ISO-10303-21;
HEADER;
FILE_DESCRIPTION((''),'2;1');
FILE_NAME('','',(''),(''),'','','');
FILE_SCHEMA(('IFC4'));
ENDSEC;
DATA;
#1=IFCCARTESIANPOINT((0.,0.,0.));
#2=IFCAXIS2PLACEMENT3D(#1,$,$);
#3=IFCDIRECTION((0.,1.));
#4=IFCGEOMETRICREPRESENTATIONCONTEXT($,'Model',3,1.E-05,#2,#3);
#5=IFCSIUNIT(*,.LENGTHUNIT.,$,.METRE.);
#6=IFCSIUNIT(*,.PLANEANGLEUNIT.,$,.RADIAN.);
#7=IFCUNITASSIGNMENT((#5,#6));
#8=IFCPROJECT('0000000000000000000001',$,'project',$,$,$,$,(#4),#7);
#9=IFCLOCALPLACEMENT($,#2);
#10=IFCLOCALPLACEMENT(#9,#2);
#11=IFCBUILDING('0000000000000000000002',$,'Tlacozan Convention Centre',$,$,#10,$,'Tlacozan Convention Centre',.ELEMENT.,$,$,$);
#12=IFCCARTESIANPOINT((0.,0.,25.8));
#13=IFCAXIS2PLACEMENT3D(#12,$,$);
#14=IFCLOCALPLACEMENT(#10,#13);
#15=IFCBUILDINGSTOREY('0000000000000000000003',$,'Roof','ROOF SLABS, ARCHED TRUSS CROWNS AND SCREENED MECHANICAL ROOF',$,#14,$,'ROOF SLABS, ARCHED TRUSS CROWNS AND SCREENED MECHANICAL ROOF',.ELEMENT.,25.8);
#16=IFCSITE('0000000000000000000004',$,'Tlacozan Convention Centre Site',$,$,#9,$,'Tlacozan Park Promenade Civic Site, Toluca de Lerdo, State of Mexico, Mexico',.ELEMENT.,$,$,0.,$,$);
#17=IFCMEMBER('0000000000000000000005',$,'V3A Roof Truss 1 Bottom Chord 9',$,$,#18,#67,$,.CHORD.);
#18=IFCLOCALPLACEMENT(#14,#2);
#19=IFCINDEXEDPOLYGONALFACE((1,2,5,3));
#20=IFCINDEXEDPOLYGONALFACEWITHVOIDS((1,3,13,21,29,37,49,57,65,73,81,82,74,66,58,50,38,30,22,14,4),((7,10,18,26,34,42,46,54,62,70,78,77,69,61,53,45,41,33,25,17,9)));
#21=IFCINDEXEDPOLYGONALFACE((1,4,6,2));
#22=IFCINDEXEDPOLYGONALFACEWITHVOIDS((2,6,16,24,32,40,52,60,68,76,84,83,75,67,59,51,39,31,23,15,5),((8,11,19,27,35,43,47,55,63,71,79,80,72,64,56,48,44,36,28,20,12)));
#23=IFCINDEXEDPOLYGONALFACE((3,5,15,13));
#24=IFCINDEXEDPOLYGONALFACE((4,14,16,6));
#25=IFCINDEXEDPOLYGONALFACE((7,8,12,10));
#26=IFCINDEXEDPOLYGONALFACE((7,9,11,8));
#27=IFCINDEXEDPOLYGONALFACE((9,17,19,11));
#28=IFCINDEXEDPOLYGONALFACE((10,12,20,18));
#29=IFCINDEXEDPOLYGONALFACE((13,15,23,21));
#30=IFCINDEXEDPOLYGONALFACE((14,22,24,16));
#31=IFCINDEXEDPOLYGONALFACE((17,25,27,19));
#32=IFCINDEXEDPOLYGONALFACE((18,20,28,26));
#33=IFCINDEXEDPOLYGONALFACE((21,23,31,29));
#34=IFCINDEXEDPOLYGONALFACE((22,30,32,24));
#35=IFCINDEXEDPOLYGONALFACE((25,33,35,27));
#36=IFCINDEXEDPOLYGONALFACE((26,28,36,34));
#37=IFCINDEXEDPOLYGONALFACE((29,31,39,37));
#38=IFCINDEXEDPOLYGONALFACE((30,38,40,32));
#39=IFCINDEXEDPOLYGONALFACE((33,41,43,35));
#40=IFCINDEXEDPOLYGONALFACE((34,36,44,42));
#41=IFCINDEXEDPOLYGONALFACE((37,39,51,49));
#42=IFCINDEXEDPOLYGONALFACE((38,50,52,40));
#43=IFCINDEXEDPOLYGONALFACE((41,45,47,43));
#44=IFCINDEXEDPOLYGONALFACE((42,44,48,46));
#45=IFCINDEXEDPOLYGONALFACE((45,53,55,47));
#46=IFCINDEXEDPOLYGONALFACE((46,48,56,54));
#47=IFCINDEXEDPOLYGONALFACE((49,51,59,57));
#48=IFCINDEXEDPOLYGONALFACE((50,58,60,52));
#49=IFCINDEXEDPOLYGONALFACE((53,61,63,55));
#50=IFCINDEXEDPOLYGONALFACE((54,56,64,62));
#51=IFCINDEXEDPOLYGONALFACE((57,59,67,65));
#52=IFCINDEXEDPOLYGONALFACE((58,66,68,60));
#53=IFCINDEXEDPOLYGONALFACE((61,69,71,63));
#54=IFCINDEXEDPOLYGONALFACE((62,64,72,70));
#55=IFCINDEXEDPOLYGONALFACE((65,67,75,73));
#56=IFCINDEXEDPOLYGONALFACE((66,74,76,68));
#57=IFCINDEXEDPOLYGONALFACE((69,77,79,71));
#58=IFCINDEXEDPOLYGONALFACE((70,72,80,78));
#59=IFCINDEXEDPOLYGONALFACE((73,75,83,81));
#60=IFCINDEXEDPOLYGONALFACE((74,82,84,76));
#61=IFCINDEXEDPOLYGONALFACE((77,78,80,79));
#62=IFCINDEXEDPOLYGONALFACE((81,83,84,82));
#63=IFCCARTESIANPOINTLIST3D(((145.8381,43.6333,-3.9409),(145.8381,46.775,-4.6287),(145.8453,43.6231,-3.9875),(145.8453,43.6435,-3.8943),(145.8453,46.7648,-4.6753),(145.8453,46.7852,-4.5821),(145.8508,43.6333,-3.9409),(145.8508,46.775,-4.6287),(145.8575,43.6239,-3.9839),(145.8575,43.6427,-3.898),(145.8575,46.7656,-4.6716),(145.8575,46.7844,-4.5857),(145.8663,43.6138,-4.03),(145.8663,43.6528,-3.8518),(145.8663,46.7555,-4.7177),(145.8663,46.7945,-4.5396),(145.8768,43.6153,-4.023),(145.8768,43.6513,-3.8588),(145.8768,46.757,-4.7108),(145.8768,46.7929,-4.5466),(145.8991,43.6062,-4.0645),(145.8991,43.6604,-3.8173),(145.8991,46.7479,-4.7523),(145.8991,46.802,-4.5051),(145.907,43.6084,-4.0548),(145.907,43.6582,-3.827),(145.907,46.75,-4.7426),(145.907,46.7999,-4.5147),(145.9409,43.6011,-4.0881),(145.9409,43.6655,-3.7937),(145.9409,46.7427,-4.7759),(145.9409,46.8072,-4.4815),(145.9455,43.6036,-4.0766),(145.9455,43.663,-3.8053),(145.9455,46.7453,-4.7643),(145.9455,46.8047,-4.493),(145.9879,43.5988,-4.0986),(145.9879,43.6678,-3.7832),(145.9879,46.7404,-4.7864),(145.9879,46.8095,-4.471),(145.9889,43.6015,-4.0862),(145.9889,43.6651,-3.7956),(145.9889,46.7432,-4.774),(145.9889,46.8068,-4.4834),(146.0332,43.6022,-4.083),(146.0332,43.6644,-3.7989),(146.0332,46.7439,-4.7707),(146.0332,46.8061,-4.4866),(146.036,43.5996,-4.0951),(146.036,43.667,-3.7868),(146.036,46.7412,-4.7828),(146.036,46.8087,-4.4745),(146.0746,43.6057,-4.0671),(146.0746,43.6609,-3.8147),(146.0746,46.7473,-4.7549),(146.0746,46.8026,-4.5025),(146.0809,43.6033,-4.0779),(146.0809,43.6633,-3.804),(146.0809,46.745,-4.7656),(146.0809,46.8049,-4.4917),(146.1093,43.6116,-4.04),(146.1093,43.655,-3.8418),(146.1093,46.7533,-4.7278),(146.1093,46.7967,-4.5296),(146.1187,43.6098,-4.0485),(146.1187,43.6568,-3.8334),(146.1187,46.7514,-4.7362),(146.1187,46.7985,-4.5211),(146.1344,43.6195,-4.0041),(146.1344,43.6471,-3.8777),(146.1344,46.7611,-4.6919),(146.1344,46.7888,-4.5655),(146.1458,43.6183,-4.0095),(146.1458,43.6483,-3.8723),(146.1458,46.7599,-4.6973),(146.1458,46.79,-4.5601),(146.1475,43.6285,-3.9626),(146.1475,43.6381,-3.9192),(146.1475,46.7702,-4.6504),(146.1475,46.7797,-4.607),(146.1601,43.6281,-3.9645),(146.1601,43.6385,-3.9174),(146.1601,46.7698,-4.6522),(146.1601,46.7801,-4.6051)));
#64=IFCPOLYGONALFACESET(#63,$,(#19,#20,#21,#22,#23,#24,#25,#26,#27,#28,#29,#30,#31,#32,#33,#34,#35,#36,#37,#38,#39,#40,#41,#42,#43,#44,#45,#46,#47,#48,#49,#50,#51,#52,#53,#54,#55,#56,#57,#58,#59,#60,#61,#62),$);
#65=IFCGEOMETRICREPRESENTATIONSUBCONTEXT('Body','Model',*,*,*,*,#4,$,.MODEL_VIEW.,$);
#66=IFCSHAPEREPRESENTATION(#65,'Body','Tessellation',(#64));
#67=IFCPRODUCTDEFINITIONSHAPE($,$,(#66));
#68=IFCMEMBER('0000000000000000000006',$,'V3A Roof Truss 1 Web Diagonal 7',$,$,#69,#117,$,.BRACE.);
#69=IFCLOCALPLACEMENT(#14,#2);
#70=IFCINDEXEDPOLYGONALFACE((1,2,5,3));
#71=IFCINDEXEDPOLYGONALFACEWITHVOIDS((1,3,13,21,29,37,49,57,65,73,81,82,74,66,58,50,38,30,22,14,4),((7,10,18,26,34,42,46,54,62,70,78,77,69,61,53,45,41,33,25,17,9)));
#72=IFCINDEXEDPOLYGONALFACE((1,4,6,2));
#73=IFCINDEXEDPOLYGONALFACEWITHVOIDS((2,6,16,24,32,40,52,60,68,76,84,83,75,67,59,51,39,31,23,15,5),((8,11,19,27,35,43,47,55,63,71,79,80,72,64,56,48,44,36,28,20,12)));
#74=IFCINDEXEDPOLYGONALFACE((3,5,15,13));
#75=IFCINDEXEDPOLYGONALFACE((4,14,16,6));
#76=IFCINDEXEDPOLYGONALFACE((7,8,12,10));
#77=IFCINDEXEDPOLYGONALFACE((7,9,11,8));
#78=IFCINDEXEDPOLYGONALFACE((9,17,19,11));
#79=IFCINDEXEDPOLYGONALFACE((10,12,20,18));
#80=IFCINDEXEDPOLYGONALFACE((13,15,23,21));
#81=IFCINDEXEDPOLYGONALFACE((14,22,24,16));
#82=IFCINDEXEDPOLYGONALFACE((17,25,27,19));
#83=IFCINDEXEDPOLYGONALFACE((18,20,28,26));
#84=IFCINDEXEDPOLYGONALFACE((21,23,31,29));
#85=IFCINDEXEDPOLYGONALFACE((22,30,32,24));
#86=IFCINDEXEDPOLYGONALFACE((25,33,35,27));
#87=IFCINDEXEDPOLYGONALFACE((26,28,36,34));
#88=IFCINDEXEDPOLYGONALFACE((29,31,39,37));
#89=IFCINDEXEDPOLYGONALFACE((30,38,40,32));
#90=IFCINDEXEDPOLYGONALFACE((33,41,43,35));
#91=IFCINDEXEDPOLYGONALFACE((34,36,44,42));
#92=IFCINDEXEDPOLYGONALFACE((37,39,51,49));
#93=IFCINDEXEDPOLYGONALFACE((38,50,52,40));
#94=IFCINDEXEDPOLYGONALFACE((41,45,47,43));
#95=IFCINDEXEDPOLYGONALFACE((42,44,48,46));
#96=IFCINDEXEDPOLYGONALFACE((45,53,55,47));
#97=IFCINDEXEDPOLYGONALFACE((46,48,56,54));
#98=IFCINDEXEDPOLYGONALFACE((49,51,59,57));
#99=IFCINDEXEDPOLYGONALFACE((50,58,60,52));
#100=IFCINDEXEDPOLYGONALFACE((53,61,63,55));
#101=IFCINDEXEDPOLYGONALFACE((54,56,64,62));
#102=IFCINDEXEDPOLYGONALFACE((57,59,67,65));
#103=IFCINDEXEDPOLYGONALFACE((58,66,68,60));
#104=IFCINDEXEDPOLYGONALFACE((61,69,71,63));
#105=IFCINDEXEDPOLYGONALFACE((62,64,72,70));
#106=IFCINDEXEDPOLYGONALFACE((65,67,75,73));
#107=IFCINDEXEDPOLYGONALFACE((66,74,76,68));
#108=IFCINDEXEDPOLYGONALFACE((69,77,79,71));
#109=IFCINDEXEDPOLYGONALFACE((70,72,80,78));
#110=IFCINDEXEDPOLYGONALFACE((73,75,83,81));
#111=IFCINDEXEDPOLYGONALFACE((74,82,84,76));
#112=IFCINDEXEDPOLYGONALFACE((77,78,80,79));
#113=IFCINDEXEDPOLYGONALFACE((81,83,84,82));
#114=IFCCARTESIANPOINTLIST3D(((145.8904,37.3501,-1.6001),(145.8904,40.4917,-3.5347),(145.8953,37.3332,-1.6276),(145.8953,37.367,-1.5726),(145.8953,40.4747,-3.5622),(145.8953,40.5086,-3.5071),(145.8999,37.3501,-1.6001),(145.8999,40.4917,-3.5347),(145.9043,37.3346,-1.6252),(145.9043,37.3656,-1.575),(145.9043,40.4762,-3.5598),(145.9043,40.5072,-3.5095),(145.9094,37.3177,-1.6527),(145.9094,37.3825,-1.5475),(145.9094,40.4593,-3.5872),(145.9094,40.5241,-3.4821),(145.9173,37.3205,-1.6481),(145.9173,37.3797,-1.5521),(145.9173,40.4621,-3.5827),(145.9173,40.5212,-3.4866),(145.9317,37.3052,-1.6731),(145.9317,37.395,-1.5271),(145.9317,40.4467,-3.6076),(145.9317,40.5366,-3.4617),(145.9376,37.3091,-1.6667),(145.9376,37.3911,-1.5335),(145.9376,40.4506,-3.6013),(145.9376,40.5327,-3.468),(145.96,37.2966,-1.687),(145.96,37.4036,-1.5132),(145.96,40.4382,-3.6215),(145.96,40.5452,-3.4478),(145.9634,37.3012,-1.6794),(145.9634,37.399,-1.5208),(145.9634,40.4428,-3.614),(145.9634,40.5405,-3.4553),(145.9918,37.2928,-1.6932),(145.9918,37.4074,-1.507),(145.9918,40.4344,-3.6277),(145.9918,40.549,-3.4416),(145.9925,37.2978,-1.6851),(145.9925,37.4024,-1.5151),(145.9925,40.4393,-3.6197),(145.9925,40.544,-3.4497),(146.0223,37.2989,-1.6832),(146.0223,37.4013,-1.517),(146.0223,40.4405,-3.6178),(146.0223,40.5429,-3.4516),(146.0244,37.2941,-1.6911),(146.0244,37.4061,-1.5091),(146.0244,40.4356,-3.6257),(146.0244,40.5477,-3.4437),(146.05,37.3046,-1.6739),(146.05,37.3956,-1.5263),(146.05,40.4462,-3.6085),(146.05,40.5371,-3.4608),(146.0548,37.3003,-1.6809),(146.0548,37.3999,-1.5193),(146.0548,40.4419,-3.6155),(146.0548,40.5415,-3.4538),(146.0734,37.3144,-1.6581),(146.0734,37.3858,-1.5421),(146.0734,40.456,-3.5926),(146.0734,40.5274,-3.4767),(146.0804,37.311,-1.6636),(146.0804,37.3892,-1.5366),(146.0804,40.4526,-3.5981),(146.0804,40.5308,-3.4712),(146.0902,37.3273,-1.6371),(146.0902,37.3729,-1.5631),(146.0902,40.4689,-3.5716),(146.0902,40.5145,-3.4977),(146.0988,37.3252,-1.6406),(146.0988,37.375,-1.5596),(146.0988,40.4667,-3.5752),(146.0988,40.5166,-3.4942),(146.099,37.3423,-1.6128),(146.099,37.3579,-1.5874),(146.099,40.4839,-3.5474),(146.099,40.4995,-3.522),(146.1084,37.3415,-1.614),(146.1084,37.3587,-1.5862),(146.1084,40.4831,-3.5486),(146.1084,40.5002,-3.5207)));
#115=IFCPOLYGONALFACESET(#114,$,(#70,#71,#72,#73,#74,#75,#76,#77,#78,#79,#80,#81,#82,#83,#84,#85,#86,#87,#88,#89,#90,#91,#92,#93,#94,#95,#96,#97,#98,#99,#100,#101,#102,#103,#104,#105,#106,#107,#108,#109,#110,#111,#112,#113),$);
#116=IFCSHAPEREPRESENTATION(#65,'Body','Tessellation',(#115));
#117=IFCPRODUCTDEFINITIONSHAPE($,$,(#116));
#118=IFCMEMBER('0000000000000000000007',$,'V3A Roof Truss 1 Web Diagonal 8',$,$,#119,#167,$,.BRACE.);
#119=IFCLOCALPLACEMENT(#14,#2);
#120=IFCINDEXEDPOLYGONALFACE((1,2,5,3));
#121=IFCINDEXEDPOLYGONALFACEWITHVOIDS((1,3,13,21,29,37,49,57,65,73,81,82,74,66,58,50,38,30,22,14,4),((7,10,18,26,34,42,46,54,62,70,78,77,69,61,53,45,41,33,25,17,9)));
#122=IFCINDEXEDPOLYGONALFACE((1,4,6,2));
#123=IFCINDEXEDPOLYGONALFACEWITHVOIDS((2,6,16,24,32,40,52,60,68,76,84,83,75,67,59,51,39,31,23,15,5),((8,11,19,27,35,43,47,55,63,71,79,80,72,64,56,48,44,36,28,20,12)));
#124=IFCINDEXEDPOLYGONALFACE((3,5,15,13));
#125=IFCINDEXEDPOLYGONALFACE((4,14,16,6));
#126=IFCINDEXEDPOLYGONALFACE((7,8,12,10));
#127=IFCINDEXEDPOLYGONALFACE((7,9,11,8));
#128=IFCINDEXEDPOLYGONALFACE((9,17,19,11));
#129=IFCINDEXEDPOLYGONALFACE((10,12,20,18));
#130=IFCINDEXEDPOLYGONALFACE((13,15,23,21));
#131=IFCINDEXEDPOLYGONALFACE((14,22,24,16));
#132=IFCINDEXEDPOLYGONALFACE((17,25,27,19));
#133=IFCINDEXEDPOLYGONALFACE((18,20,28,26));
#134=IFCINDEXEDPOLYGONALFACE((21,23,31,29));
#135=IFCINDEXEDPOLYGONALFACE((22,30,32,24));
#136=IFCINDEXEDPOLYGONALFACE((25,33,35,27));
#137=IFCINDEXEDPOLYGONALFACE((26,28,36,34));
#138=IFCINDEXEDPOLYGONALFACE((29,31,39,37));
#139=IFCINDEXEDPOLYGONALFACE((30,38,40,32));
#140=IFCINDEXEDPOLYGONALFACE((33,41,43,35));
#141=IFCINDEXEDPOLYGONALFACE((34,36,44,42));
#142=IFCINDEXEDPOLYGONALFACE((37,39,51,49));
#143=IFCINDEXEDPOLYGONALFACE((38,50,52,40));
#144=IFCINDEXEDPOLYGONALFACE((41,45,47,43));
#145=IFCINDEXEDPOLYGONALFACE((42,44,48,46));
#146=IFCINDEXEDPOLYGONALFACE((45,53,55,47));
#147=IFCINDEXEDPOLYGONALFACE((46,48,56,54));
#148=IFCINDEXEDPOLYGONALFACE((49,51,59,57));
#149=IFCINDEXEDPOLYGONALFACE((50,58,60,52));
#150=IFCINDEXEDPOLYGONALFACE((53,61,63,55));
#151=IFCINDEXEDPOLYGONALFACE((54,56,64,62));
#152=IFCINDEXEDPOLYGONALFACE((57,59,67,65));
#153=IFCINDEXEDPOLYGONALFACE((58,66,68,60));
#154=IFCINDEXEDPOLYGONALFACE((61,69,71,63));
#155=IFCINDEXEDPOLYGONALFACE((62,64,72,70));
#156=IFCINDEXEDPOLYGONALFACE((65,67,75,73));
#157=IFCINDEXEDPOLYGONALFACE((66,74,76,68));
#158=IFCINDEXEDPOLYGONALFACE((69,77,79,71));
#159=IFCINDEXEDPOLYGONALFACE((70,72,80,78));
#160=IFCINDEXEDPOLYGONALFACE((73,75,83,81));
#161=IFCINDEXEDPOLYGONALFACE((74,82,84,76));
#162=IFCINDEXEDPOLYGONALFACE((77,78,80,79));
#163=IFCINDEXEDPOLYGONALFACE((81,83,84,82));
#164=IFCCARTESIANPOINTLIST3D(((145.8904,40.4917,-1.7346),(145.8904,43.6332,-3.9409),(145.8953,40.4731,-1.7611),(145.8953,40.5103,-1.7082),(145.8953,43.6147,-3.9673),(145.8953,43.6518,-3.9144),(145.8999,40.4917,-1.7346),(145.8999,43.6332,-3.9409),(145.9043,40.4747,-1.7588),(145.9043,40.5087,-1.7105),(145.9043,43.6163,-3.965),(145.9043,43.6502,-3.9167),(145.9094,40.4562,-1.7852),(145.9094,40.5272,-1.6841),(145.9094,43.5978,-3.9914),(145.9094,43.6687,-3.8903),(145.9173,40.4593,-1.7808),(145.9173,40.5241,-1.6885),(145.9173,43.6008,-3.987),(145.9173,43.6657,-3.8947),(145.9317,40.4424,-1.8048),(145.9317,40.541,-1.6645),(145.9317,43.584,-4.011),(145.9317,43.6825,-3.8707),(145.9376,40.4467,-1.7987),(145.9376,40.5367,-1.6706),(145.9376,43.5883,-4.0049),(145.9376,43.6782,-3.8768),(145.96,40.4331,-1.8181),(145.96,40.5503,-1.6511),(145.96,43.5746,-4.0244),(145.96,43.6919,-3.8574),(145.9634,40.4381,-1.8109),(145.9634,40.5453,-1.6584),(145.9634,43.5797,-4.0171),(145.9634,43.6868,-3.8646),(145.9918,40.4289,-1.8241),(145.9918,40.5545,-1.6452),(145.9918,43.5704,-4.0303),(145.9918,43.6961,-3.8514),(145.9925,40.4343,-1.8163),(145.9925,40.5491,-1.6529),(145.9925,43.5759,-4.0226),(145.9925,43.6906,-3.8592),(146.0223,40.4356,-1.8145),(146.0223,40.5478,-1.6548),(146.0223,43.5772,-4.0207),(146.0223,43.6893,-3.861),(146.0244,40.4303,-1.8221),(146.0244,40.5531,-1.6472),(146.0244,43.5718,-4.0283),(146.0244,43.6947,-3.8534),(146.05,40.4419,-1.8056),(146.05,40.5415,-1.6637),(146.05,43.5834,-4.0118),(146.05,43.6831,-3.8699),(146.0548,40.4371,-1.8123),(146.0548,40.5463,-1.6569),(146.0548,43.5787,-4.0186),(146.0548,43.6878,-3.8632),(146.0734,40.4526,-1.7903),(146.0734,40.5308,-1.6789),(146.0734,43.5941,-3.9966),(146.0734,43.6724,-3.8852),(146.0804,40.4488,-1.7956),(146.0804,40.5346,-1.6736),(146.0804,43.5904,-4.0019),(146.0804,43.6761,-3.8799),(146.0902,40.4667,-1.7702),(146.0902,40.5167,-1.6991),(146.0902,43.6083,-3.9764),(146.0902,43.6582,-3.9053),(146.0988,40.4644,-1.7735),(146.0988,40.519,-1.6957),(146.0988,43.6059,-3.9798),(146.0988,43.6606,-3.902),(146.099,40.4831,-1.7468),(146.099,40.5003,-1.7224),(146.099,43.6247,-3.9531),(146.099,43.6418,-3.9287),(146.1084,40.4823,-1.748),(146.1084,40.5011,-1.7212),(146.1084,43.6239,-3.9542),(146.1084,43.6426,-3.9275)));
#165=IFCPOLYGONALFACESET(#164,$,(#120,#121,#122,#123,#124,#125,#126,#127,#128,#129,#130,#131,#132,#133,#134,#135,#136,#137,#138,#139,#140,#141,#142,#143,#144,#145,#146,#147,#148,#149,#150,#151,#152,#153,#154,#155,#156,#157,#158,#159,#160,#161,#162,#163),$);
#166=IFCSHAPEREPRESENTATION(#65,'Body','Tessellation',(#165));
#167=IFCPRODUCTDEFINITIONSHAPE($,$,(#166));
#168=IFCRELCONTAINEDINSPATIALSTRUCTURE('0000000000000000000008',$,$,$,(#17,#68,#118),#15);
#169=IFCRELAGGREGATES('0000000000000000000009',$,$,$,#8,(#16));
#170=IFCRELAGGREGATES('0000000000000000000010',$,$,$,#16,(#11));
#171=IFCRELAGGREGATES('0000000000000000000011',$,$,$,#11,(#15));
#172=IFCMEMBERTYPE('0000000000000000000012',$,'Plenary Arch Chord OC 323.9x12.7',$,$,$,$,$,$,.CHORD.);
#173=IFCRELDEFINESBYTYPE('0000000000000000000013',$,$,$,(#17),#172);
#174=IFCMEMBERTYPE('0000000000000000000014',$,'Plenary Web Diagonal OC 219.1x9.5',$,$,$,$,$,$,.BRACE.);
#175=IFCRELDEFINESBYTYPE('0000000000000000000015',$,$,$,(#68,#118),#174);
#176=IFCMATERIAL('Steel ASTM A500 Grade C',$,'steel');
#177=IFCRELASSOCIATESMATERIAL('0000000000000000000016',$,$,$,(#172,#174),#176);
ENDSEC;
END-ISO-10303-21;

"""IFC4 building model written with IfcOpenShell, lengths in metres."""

from ifc_helpers import new_model, si_unit, direction, frame, origin, origin_2d, place, context, subcontext, project, spatial, hollow_circle, extrude, material, material_profile, profile_set, type_object, element, save


model = new_model("IFC4")

# Units and contexts
model_context = context("Model", 3, precision=1e-05, world=origin(), true_north=direction((0.0, 1.0)))
body_context = subcontext(model_context, "Body", "Model", "MODEL_VIEW")
ifc_project = project(units=[si_unit("LENGTHUNIT", "METRE"), si_unit("PLANEANGLEUNIT", "RADIAN")], contexts=[model_context])

# Site, building, storey
site_placement = place(None, origin())
site = spatial("IfcSite", under=ifc_project, at=site_placement, Name="Tlacozan Convention Centre Site", LongName="Tlacozan Park Promenade Civic Site, Toluca de Lerdo, State of Mexico, Mexico", CompositionType="ELEMENT", RefElevation=0.0)
building_placement = place(site_placement, origin())
building = spatial("IfcBuilding", under=site, at=building_placement, Name="Tlacozan Convention Centre", LongName="Tlacozan Convention Centre", CompositionType="ELEMENT")
storey_placement = place(building_placement, frame((0.0, 0.0, 25.8)))
storey = spatial("IfcBuildingStorey", under=building, at=storey_placement, Name="Roof", Description="ROOF SLABS, ARCHED TRUSS CROWNS AND SCREENED MECHANICAL ROOF", LongName="ROOF SLABS, ARCHED TRUSS CROWNS AND SCREENED MECHANICAL ROOF", CompositionType="ELEMENT", Elevation=25.8)

# Members
ifc_material_1 = material(Name="Steel ASTM A500 Grade C", Category="steel")
ifc_material_profile_1 = material_profile(ifc_material_1, hollow_circle(Radius=0.1619, WallThickness=0.0127, at=origin_2d()), Name="OC 323.9x12.7")
ifc_profile_set_1 = profile_set([ifc_material_profile_1], Name="Steel ASTM A500 Grade C")
member_type_1 = type_object("IfcMemberType", Name="Plenary Arch Chord OC 323.9x12.7", PredefinedType="CHORD", material=ifc_profile_set_1)
for number, where, z_axis, x_axis, name in (
    (1, (146.0, 43.6333, -3.9409), (0.0, 0.976866, -0.213851), (-1.0, 0.0, 0.0), "V3A Roof Truss 1 Bottom Chord 9"),
):
    element("IfcMember", number, at=place(storey_placement, frame(where, z_axis=z_axis, x_axis=x_axis)), inside=storey, type_object=member_type_1, Name=name, PredefinedType="CHORD", context=body_context, shape_type="SweptSolid", body=[
        extrude(hollow_circle(Radius=0.1619, WallThickness=0.0127, at=origin_2d()), origin(), (0.0, 0.0, 1.0), 3.2161),
    ])
ifc_material_profile_2 = material_profile(ifc_material_1, hollow_circle(Radius=0.1096, WallThickness=0.0095, at=origin_2d()), Name="OC 219.1x9.5")
ifc_profile_set_2 = profile_set([ifc_material_profile_2], Name="Steel ASTM A500 Grade C")
member_type_2 = type_object("IfcMemberType", Name="Plenary Web Diagonal OC 219.1x9.5", PredefinedType="BRACE", material=ifc_profile_set_2)
member_1_placement = place(storey_placement, frame((146.0, 37.3501, -1.6001), z_axis=(0.0, 0.851504, -0.524348), x_axis=(-1.0, 0.0, 0.0)))
element("IfcMember", 2, at=member_1_placement, inside=storey, type_object=member_type_2, Name="V3A Roof Truss 1 Web Diagonal 7", PredefinedType="BRACE", context=body_context, shape_type="SweptSolid", body=[
    extrude(hollow_circle(Radius=0.1096, WallThickness=0.0095, at=origin_2d()), origin(), (0.0, 0.0, 1.0), 3.6895),
])
member_2_placement = place(storey_placement, frame((146.0, 40.4917, -1.7346), z_axis=(0.0, 0.818353, -0.574717), x_axis=(-1.0, 0.0, 0.0)))
element("IfcMember", 3, at=member_2_placement, inside=storey, type_object=member_type_2, Name="V3A Roof Truss 1 Web Diagonal 8", PredefinedType="BRACE", context=body_context, shape_type="SweptSolid", body=[
    extrude(hollow_circle(Radius=0.1096, WallThickness=0.0095, at=origin_2d()), origin(), (0.0, 0.0, 1.0), 3.8389),
])

save(model, "model.ifc")
